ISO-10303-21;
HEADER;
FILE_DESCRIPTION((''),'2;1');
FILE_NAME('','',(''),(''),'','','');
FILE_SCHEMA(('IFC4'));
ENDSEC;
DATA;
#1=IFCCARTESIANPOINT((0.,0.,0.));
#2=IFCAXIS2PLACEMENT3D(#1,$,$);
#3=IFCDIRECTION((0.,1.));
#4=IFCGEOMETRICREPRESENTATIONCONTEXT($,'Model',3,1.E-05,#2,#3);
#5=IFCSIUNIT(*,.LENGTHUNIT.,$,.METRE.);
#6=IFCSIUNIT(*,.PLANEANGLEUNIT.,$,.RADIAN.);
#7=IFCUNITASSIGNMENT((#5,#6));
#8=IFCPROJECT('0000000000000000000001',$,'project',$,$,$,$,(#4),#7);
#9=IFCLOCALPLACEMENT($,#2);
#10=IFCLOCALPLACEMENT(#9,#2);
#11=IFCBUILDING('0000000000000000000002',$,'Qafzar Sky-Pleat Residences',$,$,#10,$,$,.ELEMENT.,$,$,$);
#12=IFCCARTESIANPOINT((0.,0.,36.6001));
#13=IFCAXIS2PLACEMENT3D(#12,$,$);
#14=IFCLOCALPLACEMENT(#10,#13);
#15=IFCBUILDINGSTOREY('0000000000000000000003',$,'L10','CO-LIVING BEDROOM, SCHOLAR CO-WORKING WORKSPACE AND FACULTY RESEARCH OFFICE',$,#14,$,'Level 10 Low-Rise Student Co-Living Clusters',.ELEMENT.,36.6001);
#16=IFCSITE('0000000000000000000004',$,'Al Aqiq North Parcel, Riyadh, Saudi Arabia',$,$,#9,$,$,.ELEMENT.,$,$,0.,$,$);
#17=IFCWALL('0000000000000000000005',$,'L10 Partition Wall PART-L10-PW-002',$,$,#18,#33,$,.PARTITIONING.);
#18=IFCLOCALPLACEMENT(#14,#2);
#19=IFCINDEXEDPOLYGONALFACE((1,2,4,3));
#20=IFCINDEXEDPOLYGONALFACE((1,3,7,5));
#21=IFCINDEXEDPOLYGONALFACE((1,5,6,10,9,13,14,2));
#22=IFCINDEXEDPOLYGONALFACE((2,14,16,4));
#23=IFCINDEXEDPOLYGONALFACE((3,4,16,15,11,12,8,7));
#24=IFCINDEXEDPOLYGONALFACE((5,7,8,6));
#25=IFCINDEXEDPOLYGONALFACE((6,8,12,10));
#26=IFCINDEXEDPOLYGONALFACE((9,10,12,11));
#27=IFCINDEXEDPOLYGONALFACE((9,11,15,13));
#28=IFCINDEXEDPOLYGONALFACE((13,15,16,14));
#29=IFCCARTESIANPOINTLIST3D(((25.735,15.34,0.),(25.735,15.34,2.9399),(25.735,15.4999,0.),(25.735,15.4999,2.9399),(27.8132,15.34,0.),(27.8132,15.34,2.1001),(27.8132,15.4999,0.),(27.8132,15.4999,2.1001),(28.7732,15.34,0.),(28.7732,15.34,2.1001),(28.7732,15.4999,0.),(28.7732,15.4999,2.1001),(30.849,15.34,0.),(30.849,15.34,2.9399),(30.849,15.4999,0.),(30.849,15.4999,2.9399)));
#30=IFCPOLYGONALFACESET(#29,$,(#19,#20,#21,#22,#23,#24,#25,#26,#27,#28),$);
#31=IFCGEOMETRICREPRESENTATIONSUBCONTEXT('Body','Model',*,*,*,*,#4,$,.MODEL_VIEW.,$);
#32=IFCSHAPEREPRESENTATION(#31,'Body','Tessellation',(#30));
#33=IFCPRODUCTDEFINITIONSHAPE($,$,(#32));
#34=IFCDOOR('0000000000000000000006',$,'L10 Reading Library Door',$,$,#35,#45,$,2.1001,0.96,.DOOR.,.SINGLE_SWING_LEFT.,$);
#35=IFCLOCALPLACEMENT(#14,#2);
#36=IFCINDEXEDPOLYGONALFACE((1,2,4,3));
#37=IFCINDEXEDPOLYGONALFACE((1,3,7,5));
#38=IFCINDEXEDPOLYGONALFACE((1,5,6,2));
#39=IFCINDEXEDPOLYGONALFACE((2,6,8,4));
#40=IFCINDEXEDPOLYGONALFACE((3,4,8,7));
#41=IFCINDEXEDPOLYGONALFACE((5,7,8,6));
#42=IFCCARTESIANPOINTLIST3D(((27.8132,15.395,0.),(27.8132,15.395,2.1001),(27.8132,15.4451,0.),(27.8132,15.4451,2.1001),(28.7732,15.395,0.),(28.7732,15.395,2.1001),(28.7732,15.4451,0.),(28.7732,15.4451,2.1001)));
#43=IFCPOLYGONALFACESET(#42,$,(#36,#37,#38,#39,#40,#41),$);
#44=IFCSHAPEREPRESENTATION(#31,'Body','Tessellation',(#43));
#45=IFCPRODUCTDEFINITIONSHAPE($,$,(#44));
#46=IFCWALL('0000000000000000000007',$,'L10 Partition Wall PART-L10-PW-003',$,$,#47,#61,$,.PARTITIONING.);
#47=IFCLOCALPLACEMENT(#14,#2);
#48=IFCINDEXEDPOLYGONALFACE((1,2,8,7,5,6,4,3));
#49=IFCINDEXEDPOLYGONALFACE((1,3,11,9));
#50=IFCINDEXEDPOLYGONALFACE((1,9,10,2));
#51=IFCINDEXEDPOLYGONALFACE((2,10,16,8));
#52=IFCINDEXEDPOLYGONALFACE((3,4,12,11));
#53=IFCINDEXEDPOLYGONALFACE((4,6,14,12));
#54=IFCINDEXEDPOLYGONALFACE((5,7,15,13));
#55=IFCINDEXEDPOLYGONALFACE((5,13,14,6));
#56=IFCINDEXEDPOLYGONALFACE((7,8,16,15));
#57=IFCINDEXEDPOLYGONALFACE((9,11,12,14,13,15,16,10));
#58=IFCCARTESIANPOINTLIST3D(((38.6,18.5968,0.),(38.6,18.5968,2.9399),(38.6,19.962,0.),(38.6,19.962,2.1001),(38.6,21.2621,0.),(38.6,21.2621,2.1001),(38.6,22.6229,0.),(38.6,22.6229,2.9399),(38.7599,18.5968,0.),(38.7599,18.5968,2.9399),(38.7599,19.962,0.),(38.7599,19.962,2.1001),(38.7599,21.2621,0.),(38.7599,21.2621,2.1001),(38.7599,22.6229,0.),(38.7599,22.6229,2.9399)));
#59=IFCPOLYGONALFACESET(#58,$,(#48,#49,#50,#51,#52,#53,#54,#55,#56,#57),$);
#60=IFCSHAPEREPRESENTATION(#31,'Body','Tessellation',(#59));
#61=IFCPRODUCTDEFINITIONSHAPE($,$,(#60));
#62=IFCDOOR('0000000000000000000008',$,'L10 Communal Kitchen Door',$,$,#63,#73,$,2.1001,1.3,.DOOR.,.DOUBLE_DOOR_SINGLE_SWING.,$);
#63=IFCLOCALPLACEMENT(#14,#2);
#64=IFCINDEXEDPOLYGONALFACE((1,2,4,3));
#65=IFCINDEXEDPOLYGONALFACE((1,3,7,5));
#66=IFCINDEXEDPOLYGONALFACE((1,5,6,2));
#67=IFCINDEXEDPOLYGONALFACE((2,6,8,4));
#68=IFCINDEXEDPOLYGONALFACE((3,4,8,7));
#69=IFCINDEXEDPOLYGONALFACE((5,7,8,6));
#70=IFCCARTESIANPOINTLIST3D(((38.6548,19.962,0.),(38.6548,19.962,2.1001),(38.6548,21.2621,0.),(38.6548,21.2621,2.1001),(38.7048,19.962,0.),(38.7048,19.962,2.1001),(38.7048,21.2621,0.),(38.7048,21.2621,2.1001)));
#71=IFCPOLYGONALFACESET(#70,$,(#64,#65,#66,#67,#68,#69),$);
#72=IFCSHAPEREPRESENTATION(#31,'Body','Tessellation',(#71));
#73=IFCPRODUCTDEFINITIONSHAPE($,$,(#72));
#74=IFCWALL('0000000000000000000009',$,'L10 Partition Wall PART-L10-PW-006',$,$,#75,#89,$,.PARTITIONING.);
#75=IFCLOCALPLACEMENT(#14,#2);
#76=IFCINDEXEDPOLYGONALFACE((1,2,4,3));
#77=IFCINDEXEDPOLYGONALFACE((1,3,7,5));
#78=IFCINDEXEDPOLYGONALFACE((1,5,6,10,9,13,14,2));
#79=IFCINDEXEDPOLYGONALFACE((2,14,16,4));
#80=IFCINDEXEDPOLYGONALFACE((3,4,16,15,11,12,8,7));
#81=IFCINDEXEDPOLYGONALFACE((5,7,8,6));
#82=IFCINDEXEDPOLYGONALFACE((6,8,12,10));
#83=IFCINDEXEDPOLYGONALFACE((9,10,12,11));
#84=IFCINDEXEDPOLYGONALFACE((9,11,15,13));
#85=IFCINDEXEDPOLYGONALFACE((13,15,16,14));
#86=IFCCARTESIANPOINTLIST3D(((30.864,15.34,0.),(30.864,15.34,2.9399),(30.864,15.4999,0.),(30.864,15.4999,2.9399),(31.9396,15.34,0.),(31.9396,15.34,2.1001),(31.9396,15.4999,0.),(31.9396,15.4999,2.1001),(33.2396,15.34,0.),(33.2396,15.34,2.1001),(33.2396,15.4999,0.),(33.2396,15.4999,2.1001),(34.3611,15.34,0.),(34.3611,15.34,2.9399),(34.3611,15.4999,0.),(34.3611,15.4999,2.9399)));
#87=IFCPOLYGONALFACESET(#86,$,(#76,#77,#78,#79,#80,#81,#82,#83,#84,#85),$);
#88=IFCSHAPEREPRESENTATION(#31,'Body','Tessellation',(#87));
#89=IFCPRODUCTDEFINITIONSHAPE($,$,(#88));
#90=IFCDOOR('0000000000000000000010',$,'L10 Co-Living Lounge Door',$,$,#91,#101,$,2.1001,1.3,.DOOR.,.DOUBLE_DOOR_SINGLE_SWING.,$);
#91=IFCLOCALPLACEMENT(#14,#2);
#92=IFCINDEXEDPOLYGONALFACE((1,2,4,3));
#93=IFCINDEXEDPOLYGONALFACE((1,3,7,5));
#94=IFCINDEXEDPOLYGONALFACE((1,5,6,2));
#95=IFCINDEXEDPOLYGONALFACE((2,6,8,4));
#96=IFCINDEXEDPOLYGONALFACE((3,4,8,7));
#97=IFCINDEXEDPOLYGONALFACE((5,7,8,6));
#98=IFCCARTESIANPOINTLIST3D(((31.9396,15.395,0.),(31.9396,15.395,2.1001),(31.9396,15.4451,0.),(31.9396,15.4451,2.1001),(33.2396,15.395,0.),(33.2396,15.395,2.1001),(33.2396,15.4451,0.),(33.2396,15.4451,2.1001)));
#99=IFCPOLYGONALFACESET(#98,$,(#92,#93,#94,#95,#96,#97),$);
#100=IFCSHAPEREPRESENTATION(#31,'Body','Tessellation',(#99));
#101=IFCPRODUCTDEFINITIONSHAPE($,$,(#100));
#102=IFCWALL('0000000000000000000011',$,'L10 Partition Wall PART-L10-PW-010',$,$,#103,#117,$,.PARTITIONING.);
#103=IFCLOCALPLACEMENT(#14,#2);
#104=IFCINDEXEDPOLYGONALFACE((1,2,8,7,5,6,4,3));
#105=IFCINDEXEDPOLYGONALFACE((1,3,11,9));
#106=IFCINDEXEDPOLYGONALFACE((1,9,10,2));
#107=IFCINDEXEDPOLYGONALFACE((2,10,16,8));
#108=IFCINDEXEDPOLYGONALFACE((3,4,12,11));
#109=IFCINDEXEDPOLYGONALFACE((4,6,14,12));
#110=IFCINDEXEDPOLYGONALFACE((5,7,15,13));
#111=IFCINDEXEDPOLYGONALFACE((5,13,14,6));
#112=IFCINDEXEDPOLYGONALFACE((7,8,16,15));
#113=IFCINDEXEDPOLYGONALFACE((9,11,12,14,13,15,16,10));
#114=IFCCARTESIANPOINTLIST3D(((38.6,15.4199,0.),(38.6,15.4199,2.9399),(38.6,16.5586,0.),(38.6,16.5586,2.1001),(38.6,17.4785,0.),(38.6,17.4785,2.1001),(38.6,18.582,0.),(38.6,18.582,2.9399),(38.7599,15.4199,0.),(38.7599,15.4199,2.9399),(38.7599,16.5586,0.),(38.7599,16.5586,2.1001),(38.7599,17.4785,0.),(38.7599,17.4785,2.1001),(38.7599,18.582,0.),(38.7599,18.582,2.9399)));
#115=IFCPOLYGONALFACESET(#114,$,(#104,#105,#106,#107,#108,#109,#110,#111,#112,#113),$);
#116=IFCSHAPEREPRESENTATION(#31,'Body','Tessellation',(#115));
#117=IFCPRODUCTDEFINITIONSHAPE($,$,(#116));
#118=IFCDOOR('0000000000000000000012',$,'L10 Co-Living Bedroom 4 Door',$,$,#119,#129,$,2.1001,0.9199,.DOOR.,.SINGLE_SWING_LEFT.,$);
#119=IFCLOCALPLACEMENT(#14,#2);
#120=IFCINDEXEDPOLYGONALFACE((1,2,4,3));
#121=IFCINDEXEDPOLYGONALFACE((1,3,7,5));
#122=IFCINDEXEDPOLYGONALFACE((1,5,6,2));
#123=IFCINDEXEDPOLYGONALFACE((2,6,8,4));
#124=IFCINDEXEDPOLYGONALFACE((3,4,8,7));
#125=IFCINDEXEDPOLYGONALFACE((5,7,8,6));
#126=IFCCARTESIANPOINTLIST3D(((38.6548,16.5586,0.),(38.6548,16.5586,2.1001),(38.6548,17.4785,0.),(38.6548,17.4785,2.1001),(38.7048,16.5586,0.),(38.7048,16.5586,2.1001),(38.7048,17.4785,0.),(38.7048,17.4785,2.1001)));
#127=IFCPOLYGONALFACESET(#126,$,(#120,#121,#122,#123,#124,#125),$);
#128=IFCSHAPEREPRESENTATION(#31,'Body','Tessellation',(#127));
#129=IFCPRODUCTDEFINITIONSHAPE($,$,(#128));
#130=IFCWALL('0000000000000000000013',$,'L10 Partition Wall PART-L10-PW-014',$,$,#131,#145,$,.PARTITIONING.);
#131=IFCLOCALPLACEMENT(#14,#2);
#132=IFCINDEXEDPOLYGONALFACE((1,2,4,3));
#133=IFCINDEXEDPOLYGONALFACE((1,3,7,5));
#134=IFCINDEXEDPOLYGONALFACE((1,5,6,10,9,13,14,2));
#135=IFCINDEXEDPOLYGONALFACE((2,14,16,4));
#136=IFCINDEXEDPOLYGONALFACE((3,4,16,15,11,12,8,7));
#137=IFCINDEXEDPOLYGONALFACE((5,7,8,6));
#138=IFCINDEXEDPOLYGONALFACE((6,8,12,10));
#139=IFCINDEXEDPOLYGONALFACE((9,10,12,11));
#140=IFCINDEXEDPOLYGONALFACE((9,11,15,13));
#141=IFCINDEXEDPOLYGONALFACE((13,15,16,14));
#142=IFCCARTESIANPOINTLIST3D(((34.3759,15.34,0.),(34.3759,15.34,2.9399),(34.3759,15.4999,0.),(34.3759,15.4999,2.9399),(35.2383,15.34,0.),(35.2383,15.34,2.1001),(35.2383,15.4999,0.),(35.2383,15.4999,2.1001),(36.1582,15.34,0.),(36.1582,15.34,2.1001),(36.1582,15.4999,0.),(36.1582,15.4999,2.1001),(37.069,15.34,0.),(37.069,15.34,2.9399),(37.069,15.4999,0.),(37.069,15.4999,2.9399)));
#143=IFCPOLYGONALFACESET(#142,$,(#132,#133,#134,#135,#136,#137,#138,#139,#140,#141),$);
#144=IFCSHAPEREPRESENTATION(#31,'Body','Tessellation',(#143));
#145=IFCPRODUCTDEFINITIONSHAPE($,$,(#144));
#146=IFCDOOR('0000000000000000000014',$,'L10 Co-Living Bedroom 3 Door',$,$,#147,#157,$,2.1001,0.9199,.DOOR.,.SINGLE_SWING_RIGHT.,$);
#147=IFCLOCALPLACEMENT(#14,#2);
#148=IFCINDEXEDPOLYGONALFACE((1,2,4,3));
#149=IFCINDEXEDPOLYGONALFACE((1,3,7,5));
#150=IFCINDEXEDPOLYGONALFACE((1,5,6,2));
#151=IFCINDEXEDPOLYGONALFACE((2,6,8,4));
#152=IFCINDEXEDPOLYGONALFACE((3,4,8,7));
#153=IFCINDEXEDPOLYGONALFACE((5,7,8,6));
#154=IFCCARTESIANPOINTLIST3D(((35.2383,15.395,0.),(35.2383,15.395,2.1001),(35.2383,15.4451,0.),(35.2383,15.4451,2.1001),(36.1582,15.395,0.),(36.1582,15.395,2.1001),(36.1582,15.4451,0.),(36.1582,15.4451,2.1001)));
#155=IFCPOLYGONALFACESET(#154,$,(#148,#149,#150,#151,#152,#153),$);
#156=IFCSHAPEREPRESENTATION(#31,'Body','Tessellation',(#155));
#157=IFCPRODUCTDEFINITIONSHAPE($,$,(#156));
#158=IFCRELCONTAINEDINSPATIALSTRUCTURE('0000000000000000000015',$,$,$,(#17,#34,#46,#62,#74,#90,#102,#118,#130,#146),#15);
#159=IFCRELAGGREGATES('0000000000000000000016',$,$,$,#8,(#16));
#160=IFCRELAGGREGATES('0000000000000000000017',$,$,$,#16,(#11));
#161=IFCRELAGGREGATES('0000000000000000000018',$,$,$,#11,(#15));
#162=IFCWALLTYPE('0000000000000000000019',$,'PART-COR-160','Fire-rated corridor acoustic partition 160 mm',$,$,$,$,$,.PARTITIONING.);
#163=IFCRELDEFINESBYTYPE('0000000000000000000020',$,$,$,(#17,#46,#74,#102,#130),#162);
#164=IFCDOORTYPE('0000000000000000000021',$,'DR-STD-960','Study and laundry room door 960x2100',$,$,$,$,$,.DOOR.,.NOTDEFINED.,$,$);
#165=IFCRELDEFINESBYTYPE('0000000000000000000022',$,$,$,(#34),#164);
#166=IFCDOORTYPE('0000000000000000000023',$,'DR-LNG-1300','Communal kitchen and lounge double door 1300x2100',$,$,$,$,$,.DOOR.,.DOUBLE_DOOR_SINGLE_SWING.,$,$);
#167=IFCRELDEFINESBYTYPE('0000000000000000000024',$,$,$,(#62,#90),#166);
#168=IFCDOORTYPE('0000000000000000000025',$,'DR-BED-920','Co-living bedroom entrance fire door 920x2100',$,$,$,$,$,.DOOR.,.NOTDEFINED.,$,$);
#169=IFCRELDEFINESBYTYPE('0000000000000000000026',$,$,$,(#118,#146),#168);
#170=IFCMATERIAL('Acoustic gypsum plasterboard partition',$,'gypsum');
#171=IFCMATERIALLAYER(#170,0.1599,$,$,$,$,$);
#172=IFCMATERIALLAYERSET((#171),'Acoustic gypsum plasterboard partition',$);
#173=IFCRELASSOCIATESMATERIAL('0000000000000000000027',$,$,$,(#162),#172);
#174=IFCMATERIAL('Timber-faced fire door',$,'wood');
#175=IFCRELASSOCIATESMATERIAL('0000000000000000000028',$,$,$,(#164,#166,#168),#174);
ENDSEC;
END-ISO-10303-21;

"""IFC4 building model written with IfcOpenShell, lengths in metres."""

from ifc_helpers import new_model, si_unit, direction, frame, frame_2d, origin, place, context, subcontext, project, spatial, rectangle, extrude, source, transform, mapped, material, layer, layer_set, type_object, element, fill, save


model = new_model("IFC4")

# Units and contexts
model_context = context("Model", 3, precision=1e-05, world=origin(), true_north=direction((0.0, 1.0)))
body_context = subcontext(model_context, "Body", "Model", "MODEL_VIEW")
ifc_project = project(units=[si_unit("LENGTHUNIT", "METRE"), si_unit("PLANEANGLEUNIT", "RADIAN")], contexts=[model_context])

# Site, building, storey
site_placement = place(None, origin())
site = spatial("IfcSite", under=ifc_project, at=site_placement, Name="Al Aqiq North Parcel, Riyadh, Saudi Arabia", CompositionType="ELEMENT", RefElevation=0.0)
building_placement = place(site_placement, origin())
building = spatial("IfcBuilding", under=site, at=building_placement, Name="Qafzar Sky-Pleat Residences", CompositionType="ELEMENT")
storey_placement = place(building_placement, frame((0.0, 0.0, 36.6001)))
storey = spatial("IfcBuildingStorey", under=building, at=storey_placement, Name="L10", Description="CO-LIVING BEDROOM, SCHOLAR CO-WORKING WORKSPACE AND FACULTY RESEARCH OFFICE", LongName="Level 10 Low-Rise Student Co-Living Clusters", CompositionType="ELEMENT", Elevation=36.6001)

# Walls, openings, doors
ifc_material_1 = material(Name="Acoustic gypsum plasterboard partition", Category="gypsum")
ifc_layer_1 = layer(ifc_material_1, 0.1599)
ifc_layer_set_1 = layer_set([ifc_layer_1], Name="Acoustic gypsum plasterboard partition")
wall_type_1 = type_object("IfcWallType", Name="PART-COR-160", Description="Fire-rated corridor acoustic partition 160 mm", PredefinedType="PARTITIONING", material=ifc_layer_set_1)
wall_1_placement = place(storey_placement, frame((30.8491, 15.4199, 0.0), z_axis=(0.0, 0.0, 1.0), x_axis=(-1.0, 0.0, 0.0)))
wall_1 = element("IfcWall", 1, at=wall_1_placement, inside=storey, type_object=wall_type_1, Name="L10 Partition Wall PART-L10-PW-002", PredefinedType="PARTITIONING", context=body_context, shape_type="SweptSolid", body=[
    extrude(rectangle(XDim=5.114, YDim=0.1599, at=frame_2d((2.5571, 0.0))), origin(), (0.0, 0.0, 1.0), 2.9399),
])
opening_1_placement = place(wall_1_placement, frame((2.0759, 0.0, 0.0)))
opening_1 = element("IfcOpeningElement", 2, at=opening_1_placement, cuts=wall_1, PredefinedType="OPENING", context=body_context, shape_type="SweptSolid", body=[
    extrude(rectangle(XDim=0.96, YDim=2.1001, at=frame_2d((0.48, 1.05))), frame((0.0, 0.0898, 0.0), z_axis=(0.0, -1.0, 0.0), x_axis=(1.0, 0.0, 0.0)), (0.0, 0.0, 1.0), 0.1799),
])
ifc_material_2 = material(Name="Timber-faced fire door", Category="wood")
door_type_1 = type_object("IfcDoorType", Name="DR-STD-960", Description="Study and laundry room door 960x2100", OperationType="NOTDEFINED", PredefinedType="DOOR", material=ifc_material_2)
shared_shape_1 = source(origin(), body_context, "Body", "SweptSolid", [
    extrude(rectangle(XDim=0.96, YDim=2.1001, at=frame_2d((0.48, 1.05))), frame((0.0, 0.0249, 0.0), z_axis=(0.0, -1.0, 0.0), x_axis=(1.0, 0.0, 0.0)), (0.0, 0.0, 1.0), 0.05),
])
door_1_placement = place(opening_1_placement, origin())
door_1 = element("IfcDoor", 3, at=door_1_placement, inside=storey, type_object=door_type_1, Name="L10 Reading Library Door", OperationType="SINGLE_SWING_LEFT", OverallHeight=2.1001, OverallWidth=0.96, PredefinedType="DOOR", context=body_context, shape_type="MappedRepresentation", body=[
    mapped(shared_shape_1, transform((0.0, 0.0, 0.0), x_axis=(1.0, 0.0, 0.0), y_axis=(0.0, 1.0, 0.0), z_axis=(0.0, 0.0, 1.0), scale=1.0)),
])
fill(opening_1, door_1)
wall_2_placement = place(storey_placement, frame((38.6799, 22.623, 0.0), z_axis=(0.0, 0.0, 1.0), x_axis=(0.0, -1.0, 0.0)))
wall_2 = element("IfcWall", 4, at=wall_2_placement, inside=storey, type_object=wall_type_1, Name="L10 Partition Wall PART-L10-PW-003", PredefinedType="PARTITIONING", context=body_context, shape_type="SweptSolid", body=[
    extrude(rectangle(XDim=4.0261, YDim=0.1599, at=frame_2d((2.0132, 0.0))), origin(), (0.0, 0.0, 1.0), 2.9399),
])
opening_2_placement = place(wall_2_placement, frame((1.3611, 0.0, 0.0)))
opening_2 = element("IfcOpeningElement", 5, at=opening_2_placement, cuts=wall_2, PredefinedType="OPENING", context=body_context, shape_type="SweptSolid", body=[
    extrude(rectangle(XDim=1.3, YDim=2.1001, at=frame_2d((0.6499, 1.05))), frame((0.0, 0.0898, 0.0), z_axis=(0.0, -1.0, 0.0), x_axis=(1.0, 0.0, 0.0)), (0.0, 0.0, 1.0), 0.1799),
])
door_type_2 = type_object("IfcDoorType", Name="DR-LNG-1300", Description="Communal kitchen and lounge double door 1300x2100", OperationType="DOUBLE_DOOR_SINGLE_SWING", PredefinedType="DOOR", material=ifc_material_2)
shared_shape_2 = source(origin(), body_context, "Body", "SweptSolid", [
    extrude(rectangle(XDim=1.3, YDim=2.1001, at=frame_2d((0.6499, 1.05))), frame((0.0, 0.0249, 0.0), z_axis=(0.0, -1.0, 0.0), x_axis=(1.0, 0.0, 0.0)), (0.0, 0.0, 1.0), 0.05),
])
door_2_placement = place(opening_2_placement, origin())
door_2 = element("IfcDoor", 6, at=door_2_placement, inside=storey, type_object=door_type_2, Name="L10 Communal Kitchen Door", OperationType="DOUBLE_DOOR_SINGLE_SWING", OverallHeight=2.1001, OverallWidth=1.3, PredefinedType="DOOR", context=body_context, shape_type="MappedRepresentation", body=[
    mapped(shared_shape_2, transform((0.0, 0.0, 0.0), x_axis=(1.0, 0.0, 0.0), y_axis=(0.0, 1.0, 0.0), z_axis=(0.0, 0.0, 1.0), scale=1.0)),
])
fill(opening_2, door_2)
wall_3_placement = place(storey_placement, frame((34.3611, 15.4199, 0.0), z_axis=(0.0, 0.0, 1.0), x_axis=(-1.0, 0.0, 0.0)))
wall_3 = element("IfcWall", 7, at=wall_3_placement, inside=storey, type_object=wall_type_1, Name="L10 Partition Wall PART-L10-PW-006", PredefinedType="PARTITIONING", context=body_context, shape_type="SweptSolid", body=[
    extrude(rectangle(XDim=3.4971, YDim=0.1599, at=frame_2d((1.7485, 0.0))), origin(), (0.0, 0.0, 1.0), 2.9399),
])
opening_3_placement = place(wall_3_placement, frame((1.1216, 0.0, 0.0)))
opening_3 = element("IfcOpeningElement", 8, at=opening_3_placement, cuts=wall_3, PredefinedType="OPENING", context=body_context, shape_type="SweptSolid", body=[
    extrude(rectangle(XDim=1.3, YDim=2.1001, at=frame_2d((0.6499, 1.05))), frame((0.0, 0.0898, 0.0), z_axis=(0.0, -1.0, 0.0), x_axis=(1.0, 0.0, 0.0)), (0.0, 0.0, 1.0), 0.1799),
])
door_3_placement = place(opening_3_placement, origin())
door_3 = element("IfcDoor", 9, at=door_3_placement, inside=storey, type_object=door_type_2, Name="L10 Co-Living Lounge Door", OperationType="DOUBLE_DOOR_SINGLE_SWING", OverallHeight=2.1001, OverallWidth=1.3, PredefinedType="DOOR", context=body_context, shape_type="MappedRepresentation", body=[
    mapped(shared_shape_2, transform((0.0, 0.0, 0.0), x_axis=(1.0, 0.0, 0.0), y_axis=(0.0, 1.0, 0.0), z_axis=(0.0, 0.0, 1.0), scale=1.0)),
])
fill(opening_3, door_3)
wall_4_placement = place(storey_placement, frame((38.6799, 18.582, 0.0), z_axis=(0.0, 0.0, 1.0), x_axis=(0.0, -1.0, 0.0)))
wall_4 = element("IfcWall", 10, at=wall_4_placement, inside=storey, type_object=wall_type_1, Name="L10 Partition Wall PART-L10-PW-010", PredefinedType="PARTITIONING", context=body_context, shape_type="SweptSolid", body=[
    extrude(rectangle(XDim=3.1621, YDim=0.1599, at=frame_2d((1.5811, 0.0))), origin(), (0.0, 0.0, 1.0), 2.9399),
])
opening_4_placement = place(wall_4_placement, frame((1.1035, 0.0, 0.0)))
opening_4 = element("IfcOpeningElement", 11, at=opening_4_placement, cuts=wall_4, PredefinedType="OPENING", context=body_context, shape_type="SweptSolid", body=[
    extrude(rectangle(XDim=0.9199, YDim=2.1001, at=frame_2d((0.46, 1.05))), frame((0.0, 0.0898, 0.0), z_axis=(0.0, -1.0, 0.0), x_axis=(1.0, 0.0, 0.0)), (0.0, 0.0, 1.0), 0.1799),
])
door_type_3 = type_object("IfcDoorType", Name="DR-BED-920", Description="Co-living bedroom entrance fire door 920x2100", OperationType="NOTDEFINED", PredefinedType="DOOR", material=ifc_material_2)
shared_shape_3 = source(origin(), body_context, "Body", "SweptSolid", [
    extrude(rectangle(XDim=0.9199, YDim=2.1001, at=frame_2d((0.46, 1.05))), frame((0.0, 0.0249, 0.0), z_axis=(0.0, -1.0, 0.0), x_axis=(1.0, 0.0, 0.0)), (0.0, 0.0, 1.0), 0.05),
])
door_4_placement = place(opening_4_placement, origin())
door_4 = element("IfcDoor", 12, at=door_4_placement, inside=storey, type_object=door_type_3, Name="L10 Co-Living Bedroom 4 Door", OperationType="SINGLE_SWING_LEFT", OverallHeight=2.1001, OverallWidth=0.9199, PredefinedType="DOOR", context=body_context, shape_type="MappedRepresentation", body=[
    mapped(shared_shape_3, transform((0.0, 0.0, 0.0), x_axis=(1.0, 0.0, 0.0), y_axis=(0.0, 1.0, 0.0), z_axis=(0.0, 0.0, 1.0), scale=1.0)),
])
fill(opening_4, door_4)
wall_5_placement = place(storey_placement, frame((37.0691, 15.4199, 0.0), z_axis=(0.0, 0.0, 1.0), x_axis=(-1.0, 0.0, 0.0)))
wall_5 = element("IfcWall", 13, at=wall_5_placement, inside=storey, type_object=wall_type_1, Name="L10 Partition Wall PART-L10-PW-014", PredefinedType="PARTITIONING", context=body_context, shape_type="SweptSolid", body=[
    extrude(rectangle(XDim=2.6931, YDim=0.1599, at=frame_2d((1.3467, 0.0))), origin(), (0.0, 0.0, 1.0), 2.9399),
])
opening_5_placement = place(wall_5_placement, frame((0.9109, 0.0, 0.0)))
opening_5 = element("IfcOpeningElement", 14, at=opening_5_placement, cuts=wall_5, PredefinedType="OPENING", context=body_context, shape_type="SweptSolid", body=[
    extrude(rectangle(XDim=0.9199, YDim=2.1001, at=frame_2d((0.46, 1.05))), frame((0.0, 0.0898, 0.0), z_axis=(0.0, -1.0, 0.0), x_axis=(1.0, 0.0, 0.0)), (0.0, 0.0, 1.0), 0.1799),
])
door_5_placement = place(opening_5_placement, origin())
door_5 = element("IfcDoor", 15, at=door_5_placement, inside=storey, type_object=door_type_3, Name="L10 Co-Living Bedroom 3 Door", OperationType="SINGLE_SWING_RIGHT", OverallHeight=2.1001, OverallWidth=0.9199, PredefinedType="DOOR", context=body_context, shape_type="MappedRepresentation", body=[
    mapped(shared_shape_3, transform((0.0, 0.0, 0.0), x_axis=(1.0, 0.0, 0.0), y_axis=(0.0, 1.0, 0.0), z_axis=(0.0, 0.0, 1.0), scale=1.0)),
])
fill(opening_5, door_5)

save(model, "model.ifc")
